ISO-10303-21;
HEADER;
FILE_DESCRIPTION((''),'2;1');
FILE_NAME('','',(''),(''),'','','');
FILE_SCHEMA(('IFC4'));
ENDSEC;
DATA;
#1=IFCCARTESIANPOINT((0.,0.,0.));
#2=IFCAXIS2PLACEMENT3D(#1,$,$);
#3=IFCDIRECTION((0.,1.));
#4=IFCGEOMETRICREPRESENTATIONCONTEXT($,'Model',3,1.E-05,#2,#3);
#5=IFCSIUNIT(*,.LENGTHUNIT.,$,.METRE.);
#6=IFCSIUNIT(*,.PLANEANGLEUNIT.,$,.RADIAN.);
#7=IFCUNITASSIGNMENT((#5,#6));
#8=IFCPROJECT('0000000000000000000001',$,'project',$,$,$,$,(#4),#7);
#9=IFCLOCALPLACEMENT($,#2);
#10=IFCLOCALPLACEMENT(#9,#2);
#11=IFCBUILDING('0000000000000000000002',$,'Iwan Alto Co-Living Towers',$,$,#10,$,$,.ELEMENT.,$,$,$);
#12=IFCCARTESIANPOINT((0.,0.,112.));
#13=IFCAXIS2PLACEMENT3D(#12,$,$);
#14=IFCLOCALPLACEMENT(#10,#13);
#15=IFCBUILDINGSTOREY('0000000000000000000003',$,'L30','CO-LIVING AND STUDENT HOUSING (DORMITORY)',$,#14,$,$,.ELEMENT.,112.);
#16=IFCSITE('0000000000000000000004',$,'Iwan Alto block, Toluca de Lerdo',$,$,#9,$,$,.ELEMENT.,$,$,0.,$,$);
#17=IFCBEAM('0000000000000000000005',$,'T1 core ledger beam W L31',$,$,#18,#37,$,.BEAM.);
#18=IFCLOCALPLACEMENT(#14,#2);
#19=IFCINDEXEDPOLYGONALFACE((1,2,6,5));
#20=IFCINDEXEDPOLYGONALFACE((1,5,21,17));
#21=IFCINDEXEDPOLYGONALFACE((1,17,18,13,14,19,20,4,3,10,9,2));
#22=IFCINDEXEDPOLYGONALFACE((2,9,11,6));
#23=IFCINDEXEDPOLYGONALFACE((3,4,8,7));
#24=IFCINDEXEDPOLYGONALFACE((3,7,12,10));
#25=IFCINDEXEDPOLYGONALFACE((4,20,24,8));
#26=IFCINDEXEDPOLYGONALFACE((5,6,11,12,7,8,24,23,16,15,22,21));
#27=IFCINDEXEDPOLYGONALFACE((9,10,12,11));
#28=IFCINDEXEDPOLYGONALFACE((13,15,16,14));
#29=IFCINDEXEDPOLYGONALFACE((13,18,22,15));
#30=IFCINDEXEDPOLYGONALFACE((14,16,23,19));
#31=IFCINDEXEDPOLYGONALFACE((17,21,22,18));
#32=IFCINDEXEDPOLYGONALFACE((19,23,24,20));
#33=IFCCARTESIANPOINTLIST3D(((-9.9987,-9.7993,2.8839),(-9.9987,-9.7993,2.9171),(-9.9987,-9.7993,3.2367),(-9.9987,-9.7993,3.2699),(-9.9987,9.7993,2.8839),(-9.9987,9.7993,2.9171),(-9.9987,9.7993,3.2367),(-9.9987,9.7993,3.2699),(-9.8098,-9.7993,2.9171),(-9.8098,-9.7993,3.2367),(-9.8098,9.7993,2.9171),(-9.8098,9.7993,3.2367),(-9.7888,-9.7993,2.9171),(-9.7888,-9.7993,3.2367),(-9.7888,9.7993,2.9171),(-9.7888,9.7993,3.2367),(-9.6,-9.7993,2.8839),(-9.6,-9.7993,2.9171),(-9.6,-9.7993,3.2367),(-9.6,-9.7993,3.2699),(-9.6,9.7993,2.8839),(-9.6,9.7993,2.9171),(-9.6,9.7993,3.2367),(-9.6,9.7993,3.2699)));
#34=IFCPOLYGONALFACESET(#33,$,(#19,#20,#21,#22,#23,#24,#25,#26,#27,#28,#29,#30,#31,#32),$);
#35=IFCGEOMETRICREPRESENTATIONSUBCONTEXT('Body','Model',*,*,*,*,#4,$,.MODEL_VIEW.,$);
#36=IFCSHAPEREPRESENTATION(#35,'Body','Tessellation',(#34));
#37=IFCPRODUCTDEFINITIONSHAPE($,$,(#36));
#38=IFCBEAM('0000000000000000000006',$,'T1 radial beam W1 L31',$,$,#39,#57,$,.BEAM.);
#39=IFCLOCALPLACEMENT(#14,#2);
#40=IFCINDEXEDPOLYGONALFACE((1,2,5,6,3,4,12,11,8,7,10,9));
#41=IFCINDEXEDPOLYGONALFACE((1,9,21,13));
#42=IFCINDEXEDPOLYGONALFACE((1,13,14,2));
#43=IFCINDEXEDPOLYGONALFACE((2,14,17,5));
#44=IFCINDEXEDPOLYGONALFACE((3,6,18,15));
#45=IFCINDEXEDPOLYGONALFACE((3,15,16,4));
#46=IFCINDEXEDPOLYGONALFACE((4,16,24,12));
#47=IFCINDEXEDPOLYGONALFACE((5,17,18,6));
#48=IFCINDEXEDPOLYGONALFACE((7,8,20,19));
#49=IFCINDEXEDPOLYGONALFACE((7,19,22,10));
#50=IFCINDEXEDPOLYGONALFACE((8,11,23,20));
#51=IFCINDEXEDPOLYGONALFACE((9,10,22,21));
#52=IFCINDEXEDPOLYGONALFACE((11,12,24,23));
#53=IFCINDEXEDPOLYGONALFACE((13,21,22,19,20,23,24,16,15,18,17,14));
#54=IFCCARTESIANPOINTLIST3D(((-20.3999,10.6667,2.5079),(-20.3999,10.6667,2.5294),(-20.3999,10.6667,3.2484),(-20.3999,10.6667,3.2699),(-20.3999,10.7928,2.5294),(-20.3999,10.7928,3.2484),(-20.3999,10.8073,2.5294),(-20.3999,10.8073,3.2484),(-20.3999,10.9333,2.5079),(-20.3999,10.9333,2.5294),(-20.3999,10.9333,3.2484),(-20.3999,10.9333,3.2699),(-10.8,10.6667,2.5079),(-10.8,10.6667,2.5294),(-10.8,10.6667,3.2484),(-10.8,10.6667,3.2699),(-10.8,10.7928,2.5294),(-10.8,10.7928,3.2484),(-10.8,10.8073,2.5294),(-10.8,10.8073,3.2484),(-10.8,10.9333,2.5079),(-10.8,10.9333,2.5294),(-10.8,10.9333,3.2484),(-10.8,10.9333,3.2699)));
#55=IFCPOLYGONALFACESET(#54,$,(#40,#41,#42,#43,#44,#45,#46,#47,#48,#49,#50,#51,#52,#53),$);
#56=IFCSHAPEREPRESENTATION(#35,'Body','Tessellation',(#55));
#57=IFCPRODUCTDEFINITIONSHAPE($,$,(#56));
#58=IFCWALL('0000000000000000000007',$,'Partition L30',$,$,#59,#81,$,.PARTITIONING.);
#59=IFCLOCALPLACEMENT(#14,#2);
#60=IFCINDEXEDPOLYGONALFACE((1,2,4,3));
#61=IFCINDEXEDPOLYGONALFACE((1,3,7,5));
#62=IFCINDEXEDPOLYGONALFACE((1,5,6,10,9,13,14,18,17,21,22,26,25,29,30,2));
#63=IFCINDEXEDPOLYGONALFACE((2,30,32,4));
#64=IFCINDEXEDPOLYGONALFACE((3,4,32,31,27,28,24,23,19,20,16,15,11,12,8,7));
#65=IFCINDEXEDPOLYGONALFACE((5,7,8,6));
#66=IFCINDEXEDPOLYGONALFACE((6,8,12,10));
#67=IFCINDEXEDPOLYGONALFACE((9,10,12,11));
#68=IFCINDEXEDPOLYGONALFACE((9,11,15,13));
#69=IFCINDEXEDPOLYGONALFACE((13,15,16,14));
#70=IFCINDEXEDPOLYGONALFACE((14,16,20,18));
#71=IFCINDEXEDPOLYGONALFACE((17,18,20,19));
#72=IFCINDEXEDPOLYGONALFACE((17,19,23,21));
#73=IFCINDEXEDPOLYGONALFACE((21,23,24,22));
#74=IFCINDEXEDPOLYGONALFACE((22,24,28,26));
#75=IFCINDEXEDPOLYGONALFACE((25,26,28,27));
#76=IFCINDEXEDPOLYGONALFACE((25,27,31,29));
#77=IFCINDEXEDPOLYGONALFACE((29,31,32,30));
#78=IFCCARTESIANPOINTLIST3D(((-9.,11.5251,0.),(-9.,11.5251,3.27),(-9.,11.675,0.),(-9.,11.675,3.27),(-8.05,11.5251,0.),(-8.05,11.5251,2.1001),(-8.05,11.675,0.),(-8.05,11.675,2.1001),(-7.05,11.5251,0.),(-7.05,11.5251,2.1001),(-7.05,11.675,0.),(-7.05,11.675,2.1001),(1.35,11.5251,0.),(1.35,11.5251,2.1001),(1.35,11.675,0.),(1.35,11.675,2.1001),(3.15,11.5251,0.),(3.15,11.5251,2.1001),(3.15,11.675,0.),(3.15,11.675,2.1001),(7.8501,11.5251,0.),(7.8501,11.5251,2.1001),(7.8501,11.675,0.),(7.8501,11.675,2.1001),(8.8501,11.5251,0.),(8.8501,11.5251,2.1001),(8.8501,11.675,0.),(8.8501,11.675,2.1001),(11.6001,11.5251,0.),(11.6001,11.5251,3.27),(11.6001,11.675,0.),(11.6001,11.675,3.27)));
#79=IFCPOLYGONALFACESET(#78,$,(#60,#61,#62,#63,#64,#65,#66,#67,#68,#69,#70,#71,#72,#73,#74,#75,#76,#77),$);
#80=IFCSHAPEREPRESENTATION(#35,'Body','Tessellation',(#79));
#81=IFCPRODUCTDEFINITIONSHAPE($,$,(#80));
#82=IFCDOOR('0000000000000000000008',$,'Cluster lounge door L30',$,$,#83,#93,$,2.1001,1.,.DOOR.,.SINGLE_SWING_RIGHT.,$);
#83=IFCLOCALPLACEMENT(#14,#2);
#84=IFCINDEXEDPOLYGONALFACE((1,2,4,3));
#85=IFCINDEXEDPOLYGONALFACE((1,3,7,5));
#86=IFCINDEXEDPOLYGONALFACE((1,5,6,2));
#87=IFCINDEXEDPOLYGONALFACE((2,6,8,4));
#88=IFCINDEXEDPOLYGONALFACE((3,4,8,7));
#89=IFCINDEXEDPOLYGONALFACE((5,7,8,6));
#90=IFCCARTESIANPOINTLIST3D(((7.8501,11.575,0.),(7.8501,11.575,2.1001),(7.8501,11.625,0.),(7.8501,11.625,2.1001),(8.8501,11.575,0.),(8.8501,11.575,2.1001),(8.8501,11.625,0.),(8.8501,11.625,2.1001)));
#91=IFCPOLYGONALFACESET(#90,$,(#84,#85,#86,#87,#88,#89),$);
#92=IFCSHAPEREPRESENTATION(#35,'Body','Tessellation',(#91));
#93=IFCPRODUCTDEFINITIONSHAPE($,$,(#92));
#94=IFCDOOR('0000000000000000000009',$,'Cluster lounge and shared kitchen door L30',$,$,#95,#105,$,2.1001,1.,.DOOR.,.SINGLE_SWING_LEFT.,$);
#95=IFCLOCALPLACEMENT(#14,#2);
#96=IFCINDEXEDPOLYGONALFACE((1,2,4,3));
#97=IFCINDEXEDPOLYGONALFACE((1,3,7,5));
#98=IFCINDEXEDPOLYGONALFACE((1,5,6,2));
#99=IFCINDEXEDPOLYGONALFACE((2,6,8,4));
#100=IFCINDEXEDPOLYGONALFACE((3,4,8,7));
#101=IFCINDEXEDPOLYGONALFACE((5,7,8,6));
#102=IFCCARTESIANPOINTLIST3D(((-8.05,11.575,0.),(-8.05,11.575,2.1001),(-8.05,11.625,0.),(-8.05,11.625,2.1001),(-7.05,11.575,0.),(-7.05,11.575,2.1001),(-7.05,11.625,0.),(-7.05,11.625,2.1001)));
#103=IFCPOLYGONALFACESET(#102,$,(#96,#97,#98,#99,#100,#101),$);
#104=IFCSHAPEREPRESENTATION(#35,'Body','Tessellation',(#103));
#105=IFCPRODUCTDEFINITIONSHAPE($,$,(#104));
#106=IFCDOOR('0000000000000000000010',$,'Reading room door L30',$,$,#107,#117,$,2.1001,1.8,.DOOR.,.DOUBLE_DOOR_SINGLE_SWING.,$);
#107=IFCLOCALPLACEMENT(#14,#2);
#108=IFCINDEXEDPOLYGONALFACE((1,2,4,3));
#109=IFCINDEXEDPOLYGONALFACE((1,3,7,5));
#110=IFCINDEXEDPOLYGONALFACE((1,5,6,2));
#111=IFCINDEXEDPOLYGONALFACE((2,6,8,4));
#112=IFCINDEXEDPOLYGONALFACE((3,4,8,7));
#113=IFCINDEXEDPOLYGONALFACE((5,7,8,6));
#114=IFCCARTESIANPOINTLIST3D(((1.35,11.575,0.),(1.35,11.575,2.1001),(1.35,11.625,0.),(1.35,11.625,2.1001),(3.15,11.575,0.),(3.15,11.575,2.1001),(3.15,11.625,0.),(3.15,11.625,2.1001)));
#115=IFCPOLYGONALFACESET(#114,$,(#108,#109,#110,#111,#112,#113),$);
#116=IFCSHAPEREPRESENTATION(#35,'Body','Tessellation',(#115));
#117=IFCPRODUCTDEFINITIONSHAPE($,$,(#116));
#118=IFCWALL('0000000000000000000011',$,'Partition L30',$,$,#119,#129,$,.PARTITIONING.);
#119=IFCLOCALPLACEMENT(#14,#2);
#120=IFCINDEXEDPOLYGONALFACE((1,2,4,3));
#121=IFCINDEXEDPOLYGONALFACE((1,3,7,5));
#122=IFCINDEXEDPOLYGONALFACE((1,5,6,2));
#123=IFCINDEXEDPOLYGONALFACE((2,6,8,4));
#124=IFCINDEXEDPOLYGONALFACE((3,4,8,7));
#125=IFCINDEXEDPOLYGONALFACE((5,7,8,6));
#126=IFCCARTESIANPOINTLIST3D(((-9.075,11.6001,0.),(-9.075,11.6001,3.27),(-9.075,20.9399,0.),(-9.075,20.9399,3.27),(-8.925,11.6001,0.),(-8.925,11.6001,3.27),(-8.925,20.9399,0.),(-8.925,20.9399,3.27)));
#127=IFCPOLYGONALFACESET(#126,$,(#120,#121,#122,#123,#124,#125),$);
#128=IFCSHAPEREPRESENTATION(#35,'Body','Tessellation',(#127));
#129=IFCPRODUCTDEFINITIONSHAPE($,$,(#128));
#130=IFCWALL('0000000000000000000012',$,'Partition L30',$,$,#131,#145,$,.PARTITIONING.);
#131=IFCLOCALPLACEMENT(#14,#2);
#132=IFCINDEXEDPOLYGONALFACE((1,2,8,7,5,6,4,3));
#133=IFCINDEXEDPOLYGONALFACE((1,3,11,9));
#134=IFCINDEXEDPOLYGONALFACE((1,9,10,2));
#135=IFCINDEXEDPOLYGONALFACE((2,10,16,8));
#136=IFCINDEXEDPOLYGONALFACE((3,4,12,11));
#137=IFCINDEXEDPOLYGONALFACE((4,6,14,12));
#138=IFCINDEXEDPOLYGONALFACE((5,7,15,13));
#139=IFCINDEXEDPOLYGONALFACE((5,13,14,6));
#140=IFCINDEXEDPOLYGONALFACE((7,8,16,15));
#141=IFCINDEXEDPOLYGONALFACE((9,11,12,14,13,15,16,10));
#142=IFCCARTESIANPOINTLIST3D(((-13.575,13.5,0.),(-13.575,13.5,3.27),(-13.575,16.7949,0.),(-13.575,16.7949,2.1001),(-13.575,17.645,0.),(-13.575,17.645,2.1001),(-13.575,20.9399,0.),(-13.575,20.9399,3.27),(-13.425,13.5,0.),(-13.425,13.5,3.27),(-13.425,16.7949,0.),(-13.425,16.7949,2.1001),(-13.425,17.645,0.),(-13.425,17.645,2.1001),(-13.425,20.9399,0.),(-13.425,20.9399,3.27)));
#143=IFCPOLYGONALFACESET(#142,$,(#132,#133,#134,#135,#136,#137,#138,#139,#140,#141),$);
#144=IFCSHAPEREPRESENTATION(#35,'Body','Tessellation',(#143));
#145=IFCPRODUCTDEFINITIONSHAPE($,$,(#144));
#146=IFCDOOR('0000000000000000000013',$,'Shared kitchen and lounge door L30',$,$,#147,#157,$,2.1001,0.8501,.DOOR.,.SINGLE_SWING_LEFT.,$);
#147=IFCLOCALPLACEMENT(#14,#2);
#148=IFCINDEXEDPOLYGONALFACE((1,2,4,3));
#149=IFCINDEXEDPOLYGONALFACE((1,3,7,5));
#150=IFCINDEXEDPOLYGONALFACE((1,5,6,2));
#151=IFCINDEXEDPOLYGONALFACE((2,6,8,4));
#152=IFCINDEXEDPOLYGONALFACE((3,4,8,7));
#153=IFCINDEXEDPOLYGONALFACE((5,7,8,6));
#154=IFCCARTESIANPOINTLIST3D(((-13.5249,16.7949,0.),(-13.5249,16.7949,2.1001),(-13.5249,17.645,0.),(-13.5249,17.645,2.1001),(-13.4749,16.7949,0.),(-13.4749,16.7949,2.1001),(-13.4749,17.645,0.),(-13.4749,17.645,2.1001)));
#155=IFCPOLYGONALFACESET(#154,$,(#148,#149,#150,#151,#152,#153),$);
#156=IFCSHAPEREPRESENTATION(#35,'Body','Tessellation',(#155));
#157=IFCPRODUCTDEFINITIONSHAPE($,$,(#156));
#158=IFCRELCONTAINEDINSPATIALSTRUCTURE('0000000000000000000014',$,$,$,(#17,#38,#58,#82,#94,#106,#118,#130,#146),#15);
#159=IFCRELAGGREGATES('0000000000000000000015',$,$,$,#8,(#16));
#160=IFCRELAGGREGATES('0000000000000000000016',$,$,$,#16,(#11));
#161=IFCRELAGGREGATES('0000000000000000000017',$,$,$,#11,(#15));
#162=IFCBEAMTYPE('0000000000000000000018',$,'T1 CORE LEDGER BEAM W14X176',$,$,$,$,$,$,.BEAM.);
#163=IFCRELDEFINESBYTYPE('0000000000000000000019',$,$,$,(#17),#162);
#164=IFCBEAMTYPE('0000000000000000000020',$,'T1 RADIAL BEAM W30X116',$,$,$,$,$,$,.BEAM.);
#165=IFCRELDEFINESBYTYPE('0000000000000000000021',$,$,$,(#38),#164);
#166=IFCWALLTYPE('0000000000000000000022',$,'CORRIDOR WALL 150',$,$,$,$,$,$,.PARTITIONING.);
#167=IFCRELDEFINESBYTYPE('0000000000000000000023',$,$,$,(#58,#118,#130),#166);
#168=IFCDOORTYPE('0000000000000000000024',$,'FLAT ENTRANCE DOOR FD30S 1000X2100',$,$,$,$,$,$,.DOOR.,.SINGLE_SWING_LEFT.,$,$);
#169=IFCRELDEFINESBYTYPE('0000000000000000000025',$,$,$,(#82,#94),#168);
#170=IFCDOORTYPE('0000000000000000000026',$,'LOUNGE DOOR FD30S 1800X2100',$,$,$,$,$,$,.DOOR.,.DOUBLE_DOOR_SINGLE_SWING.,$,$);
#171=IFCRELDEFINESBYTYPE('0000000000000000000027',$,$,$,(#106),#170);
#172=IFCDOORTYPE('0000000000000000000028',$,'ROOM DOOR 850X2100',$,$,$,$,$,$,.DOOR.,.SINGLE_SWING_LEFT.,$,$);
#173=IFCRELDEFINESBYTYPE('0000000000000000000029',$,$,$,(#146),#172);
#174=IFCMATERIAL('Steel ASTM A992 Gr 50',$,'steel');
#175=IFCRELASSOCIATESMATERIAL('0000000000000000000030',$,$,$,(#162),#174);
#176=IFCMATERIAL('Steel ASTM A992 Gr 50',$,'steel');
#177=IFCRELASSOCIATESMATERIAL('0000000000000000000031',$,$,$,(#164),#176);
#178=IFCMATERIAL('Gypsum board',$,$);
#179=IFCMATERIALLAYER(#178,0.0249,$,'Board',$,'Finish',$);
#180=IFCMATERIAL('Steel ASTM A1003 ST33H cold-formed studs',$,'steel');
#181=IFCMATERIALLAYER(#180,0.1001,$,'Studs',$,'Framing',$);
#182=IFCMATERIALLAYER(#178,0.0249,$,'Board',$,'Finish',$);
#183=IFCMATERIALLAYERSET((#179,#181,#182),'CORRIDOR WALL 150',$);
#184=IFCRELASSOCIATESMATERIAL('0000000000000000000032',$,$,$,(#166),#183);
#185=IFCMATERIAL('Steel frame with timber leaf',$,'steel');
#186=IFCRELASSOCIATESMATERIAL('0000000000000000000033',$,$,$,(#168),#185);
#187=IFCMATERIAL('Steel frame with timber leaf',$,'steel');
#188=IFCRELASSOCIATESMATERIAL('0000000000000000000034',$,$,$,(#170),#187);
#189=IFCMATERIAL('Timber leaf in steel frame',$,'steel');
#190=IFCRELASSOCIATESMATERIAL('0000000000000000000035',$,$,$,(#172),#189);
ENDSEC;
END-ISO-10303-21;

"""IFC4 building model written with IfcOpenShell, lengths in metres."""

from ifc_helpers import new_model, si_unit, direction, frame, frame_2d, origin, origin_2d, place, context, subcontext, project, spatial, rectangle, i_section, extrude, material, layer, layer_set, material_profile, profile_set, type_object, element, fill, save


model = new_model("IFC4")

# Units and contexts
model_context = context("Model", 3, precision=1e-05, world=origin(), true_north=direction((0.0, 1.0)))
body_context = subcontext(model_context, "Body", "Model", "MODEL_VIEW")
ifc_project = project(units=[si_unit("LENGTHUNIT", "METRE"), si_unit("PLANEANGLEUNIT", "RADIAN")], contexts=[model_context])

# Site, building, storey
site_placement = place(None, origin())
site = spatial("IfcSite", under=ifc_project, at=site_placement, Name="Iwan Alto block, Toluca de Lerdo", CompositionType="ELEMENT", RefElevation=0.0)
building_placement = place(site_placement, origin())
building = spatial("IfcBuilding", under=site, at=building_placement, Name="Iwan Alto Co-Living Towers", CompositionType="ELEMENT")
storey_placement = place(building_placement, frame((0.0, 0.0, 112.0)))
storey = spatial("IfcBuildingStorey", under=building, at=storey_placement, Name="L30", Description="CO-LIVING AND STUDENT HOUSING (DORMITORY)", CompositionType="ELEMENT", Elevation=112.0)

# Beams
ifc_material_1 = material(Name="Steel ASTM A992 Gr 50", Category="steel")
ifc_material_profile_1 = material_profile(ifc_material_1, i_section(OverallWidth=0.3987, OverallDepth=0.386, WebThickness=0.021, FlangeThickness=0.0332, at=origin_2d()), Name="W14X176")
ifc_profile_set_1 = profile_set([ifc_material_profile_1], Name="Steel ASTM A992 Gr 50")
beam_type_1 = type_object("IfcBeamType", Name="T1 CORE LEDGER BEAM W14X176", PredefinedType="BEAM", material=ifc_profile_set_1)
beam_1_placement = place(storey_placement, frame((-9.7993, 9.7993, 3.0769), z_axis=(0.0, -1.0, 0.0), x_axis=(1.0, 0.0, 0.0)))
element("IfcBeam", 1, at=beam_1_placement, inside=storey, type_object=beam_type_1, Name="T1 core ledger beam W L31", PredefinedType="BEAM", context=body_context, shape_type="SweptSolid", body=[
    extrude(i_section(OverallWidth=0.3987, OverallDepth=0.386, WebThickness=0.021, FlangeThickness=0.0332, at=origin_2d()), origin(), (0.0, 0.0, 1.0), 19.5986),
])
ifc_material_2 = material(Name="Steel ASTM A992 Gr 50", Category="steel")
ifc_material_profile_2 = material_profile(ifc_material_2, i_section(OverallWidth=0.2666, OverallDepth=0.762, WebThickness=0.0144, FlangeThickness=0.0215, at=origin_2d()), Name="W30X116")
ifc_profile_set_2 = profile_set([ifc_material_profile_2], Name="Steel ASTM A992 Gr 50")
beam_type_2 = type_object("IfcBeamType", Name="T1 RADIAL BEAM W30X116", PredefinedType="BEAM", material=ifc_profile_set_2)
beam_2_placement = place(storey_placement, frame((-20.3999, 10.8, 2.8889), z_axis=(1.0, 0.0, 0.0), x_axis=(0.0, 1.0, 0.0)))
element("IfcBeam", 2, at=beam_2_placement, inside=storey, type_object=beam_type_2, Name="T1 radial beam W1 L31", PredefinedType="BEAM", context=body_context, shape_type="SweptSolid", body=[
    extrude(i_section(OverallWidth=0.2666, OverallDepth=0.762, WebThickness=0.0144, FlangeThickness=0.0215, at=origin_2d()), origin(), (0.0, 0.0, 1.0), 9.5999),
])

# Wall, openings, doors
ifc_material_3 = material(Name="Gypsum board")
ifc_layer_1 = layer(ifc_material_3, 0.0249, Name="Board", Category="Finish")
ifc_material_4 = material(Name="Steel ASTM A1003 ST33H cold-formed studs", Category="steel")
ifc_layer_2 = layer(ifc_material_4, 0.1001, Name="Studs", Category="Framing")
ifc_layer_3 = layer(ifc_material_3, 0.0249, Name="Board", Category="Finish")
ifc_layer_set_1 = layer_set([ifc_layer_1, ifc_layer_2, ifc_layer_3], Name="CORRIDOR WALL 150")
wall_type_1 = type_object("IfcWallType", Name="CORRIDOR WALL 150", PredefinedType="PARTITIONING", material=ifc_layer_set_1)
wall_1_placement = place(storey_placement, frame((-9.0, 11.6001, 0.0), z_axis=(0.0, 0.0, 1.0), x_axis=(1.0, 0.0, 0.0)))
wall_1 = element("IfcWall", 3, at=wall_1_placement, inside=storey, type_object=wall_type_1, Name="Partition L30", PredefinedType="PARTITIONING", context=body_context, shape_type="SweptSolid", body=[
    extrude(rectangle(XDim=20.6001, YDim=0.1499, at=frame_2d((10.3, 0.0))), origin(), (0.0, 0.0, 1.0), 3.27),
])
opening_1_placement = place(wall_1_placement, frame((16.8501, 0.0, 0.0)))
opening_1 = element("IfcOpeningElement", 4, at=opening_1_placement, cuts=wall_1, PredefinedType="OPENING", context=body_context, shape_type="SweptSolid", body=[
    extrude(rectangle(XDim=1.0, YDim=2.1001, at=frame_2d((0.5, 1.05))), frame((0.0, 0.085, 0.0), z_axis=(0.0, -1.0, 0.0), x_axis=(1.0, 0.0, 0.0)), (0.0, 0.0, 1.0), 0.1699),
])
opening_2_placement = place(wall_1_placement, frame((10.3501, 0.0, 0.0)))
opening_2 = element("IfcOpeningElement", 5, at=opening_2_placement, cuts=wall_1, PredefinedType="OPENING", context=body_context, shape_type="SweptSolid", body=[
    extrude(rectangle(XDim=1.8, YDim=2.1001, at=frame_2d((0.8999, 1.05))), frame((0.0, 0.085, 0.0), z_axis=(0.0, -1.0, 0.0), x_axis=(1.0, 0.0, 0.0)), (0.0, 0.0, 1.0), 0.1699),
])
opening_3_placement = place(wall_1_placement, frame((0.95, 0.0, 0.0)))
opening_3 = element("IfcOpeningElement", 6, at=opening_3_placement, cuts=wall_1, PredefinedType="OPENING", context=body_context, shape_type="SweptSolid", body=[
    extrude(rectangle(XDim=1.0, YDim=2.1001, at=frame_2d((0.5, 1.05))), frame((0.0, 0.085, 0.0), z_axis=(0.0, -1.0, 0.0), x_axis=(1.0, 0.0, 0.0)), (0.0, 0.0, 1.0), 0.1699),
])
ifc_material_5 = material(Name="Steel frame with timber leaf", Category="steel")
door_type_1 = type_object("IfcDoorType", Name="FLAT ENTRANCE DOOR FD30S 1000X2100", OperationType="SINGLE_SWING_LEFT", PredefinedType="DOOR", material=ifc_material_5)
door_1_placement = place(opening_1_placement, origin())
door_1 = element("IfcDoor", 7, at=door_1_placement, inside=storey, type_object=door_type_1, Name="Cluster lounge door L30", OperationType="SINGLE_SWING_RIGHT", OverallHeight=2.1001, OverallWidth=1.0, PredefinedType="DOOR", context=body_context, shape_type="SweptSolid", body=[
    extrude(rectangle(XDim=1.0, YDim=2.1001, at=frame_2d((0.5, 1.05))), frame((0.0, 0.0249, 0.0), z_axis=(0.0, -1.0, 0.0), x_axis=(1.0, 0.0, 0.0)), (0.0, 0.0, 1.0), 0.05),
])
fill(opening_1, door_1)
door_2_placement = place(opening_3_placement, origin())
door_2 = element("IfcDoor", 8, at=door_2_placement, inside=storey, type_object=door_type_1, Name="Cluster lounge and shared kitchen door L30", OperationType="SINGLE_SWING_LEFT", OverallHeight=2.1001, OverallWidth=1.0, PredefinedType="DOOR", context=body_context, shape_type="SweptSolid", body=[
    extrude(rectangle(XDim=1.0, YDim=2.1001, at=frame_2d((0.5, 1.05))), frame((0.0, 0.0249, 0.0), z_axis=(0.0, -1.0, 0.0), x_axis=(1.0, 0.0, 0.0)), (0.0, 0.0, 1.0), 0.05),
])
fill(opening_3, door_2)
ifc_material_6 = material(Name="Steel frame with timber leaf", Category="steel")
door_type_2 = type_object("IfcDoorType", Name="LOUNGE DOOR FD30S 1800X2100", OperationType="DOUBLE_DOOR_SINGLE_SWING", PredefinedType="DOOR", material=ifc_material_6)
door_3_placement = place(opening_2_placement, origin())
door_3 = element("IfcDoor", 9, at=door_3_placement, inside=storey, type_object=door_type_2, Name="Reading room door L30", OperationType="DOUBLE_DOOR_SINGLE_SWING", OverallHeight=2.1001, OverallWidth=1.8, PredefinedType="DOOR", context=body_context, shape_type="SweptSolid", body=[
    extrude(rectangle(XDim=1.8, YDim=2.1001, at=frame_2d((0.8999, 1.05))), frame((0.0, 0.0249, 0.0), z_axis=(0.0, -1.0, 0.0), x_axis=(1.0, 0.0, 0.0)), (0.0, 0.0, 1.0), 0.05),
])
fill(opening_2, door_3)

# Wall
wall_2_placement = place(storey_placement, frame((-9.0, 11.6001, 0.0), z_axis=(0.0, 0.0, 1.0), x_axis=(0.0, 1.0, 0.0)))
element("IfcWall", 10, at=wall_2_placement, inside=storey, type_object=wall_type_1, Name="Partition L30", PredefinedType="PARTITIONING", context=body_context, shape_type="SweptSolid", body=[
    extrude(rectangle(XDim=9.3398, YDim=0.1499, at=frame_2d((4.6699, 0.0))), origin(), (0.0, 0.0, 1.0), 3.27),
])

# Wall, opening, door
wall_3_placement = place(storey_placement, frame((-13.5, 13.5, 0.0), z_axis=(0.0, 0.0, 1.0), x_axis=(0.0, 1.0, 0.0)))
wall_3 = element("IfcWall", 11, at=wall_3_placement, inside=storey, type_object=wall_type_1, Name="Partition L30", PredefinedType="PARTITIONING", context=body_context, shape_type="SweptSolid", body=[
    extrude(rectangle(XDim=7.4399, YDim=0.1499, at=frame_2d((3.72, 0.0))), origin(), (0.0, 0.0, 1.0), 3.27),
])
opening_4_placement = place(wall_3_placement, frame((3.2949, 0.0, 0.0)))
opening_4 = element("IfcOpeningElement", 12, at=opening_4_placement, cuts=wall_3, PredefinedType="OPENING", context=body_context, shape_type="SweptSolid", body=[
    extrude(rectangle(XDim=0.8501, YDim=2.1001, at=frame_2d((0.425, 1.05))), frame((0.0, 0.085, 0.0), z_axis=(0.0, -1.0, 0.0), x_axis=(1.0, 0.0, 0.0)), (0.0, 0.0, 1.0), 0.1699),
])
ifc_material_7 = material(Name="Timber leaf in steel frame", Category="steel")
door_type_3 = type_object("IfcDoorType", Name="ROOM DOOR 850X2100", OperationType="SINGLE_SWING_LEFT", PredefinedType="DOOR", material=ifc_material_7)
door_4_placement = place(opening_4_placement, origin())
door_4 = element("IfcDoor", 13, at=door_4_placement, inside=storey, type_object=door_type_3, Name="Shared kitchen and lounge door L30", OperationType="SINGLE_SWING_LEFT", OverallHeight=2.1001, OverallWidth=0.8501, PredefinedType="DOOR", context=body_context, shape_type="SweptSolid", body=[
    extrude(rectangle(XDim=0.8501, YDim=2.1001, at=frame_2d((0.425, 1.05))), frame((0.0, 0.0249, 0.0), z_axis=(0.0, -1.0, 0.0), x_axis=(1.0, 0.0, 0.0)), (0.0, 0.0, 1.0), 0.05),
])
fill(opening_4, door_4)

save(model, "model.ifc")
